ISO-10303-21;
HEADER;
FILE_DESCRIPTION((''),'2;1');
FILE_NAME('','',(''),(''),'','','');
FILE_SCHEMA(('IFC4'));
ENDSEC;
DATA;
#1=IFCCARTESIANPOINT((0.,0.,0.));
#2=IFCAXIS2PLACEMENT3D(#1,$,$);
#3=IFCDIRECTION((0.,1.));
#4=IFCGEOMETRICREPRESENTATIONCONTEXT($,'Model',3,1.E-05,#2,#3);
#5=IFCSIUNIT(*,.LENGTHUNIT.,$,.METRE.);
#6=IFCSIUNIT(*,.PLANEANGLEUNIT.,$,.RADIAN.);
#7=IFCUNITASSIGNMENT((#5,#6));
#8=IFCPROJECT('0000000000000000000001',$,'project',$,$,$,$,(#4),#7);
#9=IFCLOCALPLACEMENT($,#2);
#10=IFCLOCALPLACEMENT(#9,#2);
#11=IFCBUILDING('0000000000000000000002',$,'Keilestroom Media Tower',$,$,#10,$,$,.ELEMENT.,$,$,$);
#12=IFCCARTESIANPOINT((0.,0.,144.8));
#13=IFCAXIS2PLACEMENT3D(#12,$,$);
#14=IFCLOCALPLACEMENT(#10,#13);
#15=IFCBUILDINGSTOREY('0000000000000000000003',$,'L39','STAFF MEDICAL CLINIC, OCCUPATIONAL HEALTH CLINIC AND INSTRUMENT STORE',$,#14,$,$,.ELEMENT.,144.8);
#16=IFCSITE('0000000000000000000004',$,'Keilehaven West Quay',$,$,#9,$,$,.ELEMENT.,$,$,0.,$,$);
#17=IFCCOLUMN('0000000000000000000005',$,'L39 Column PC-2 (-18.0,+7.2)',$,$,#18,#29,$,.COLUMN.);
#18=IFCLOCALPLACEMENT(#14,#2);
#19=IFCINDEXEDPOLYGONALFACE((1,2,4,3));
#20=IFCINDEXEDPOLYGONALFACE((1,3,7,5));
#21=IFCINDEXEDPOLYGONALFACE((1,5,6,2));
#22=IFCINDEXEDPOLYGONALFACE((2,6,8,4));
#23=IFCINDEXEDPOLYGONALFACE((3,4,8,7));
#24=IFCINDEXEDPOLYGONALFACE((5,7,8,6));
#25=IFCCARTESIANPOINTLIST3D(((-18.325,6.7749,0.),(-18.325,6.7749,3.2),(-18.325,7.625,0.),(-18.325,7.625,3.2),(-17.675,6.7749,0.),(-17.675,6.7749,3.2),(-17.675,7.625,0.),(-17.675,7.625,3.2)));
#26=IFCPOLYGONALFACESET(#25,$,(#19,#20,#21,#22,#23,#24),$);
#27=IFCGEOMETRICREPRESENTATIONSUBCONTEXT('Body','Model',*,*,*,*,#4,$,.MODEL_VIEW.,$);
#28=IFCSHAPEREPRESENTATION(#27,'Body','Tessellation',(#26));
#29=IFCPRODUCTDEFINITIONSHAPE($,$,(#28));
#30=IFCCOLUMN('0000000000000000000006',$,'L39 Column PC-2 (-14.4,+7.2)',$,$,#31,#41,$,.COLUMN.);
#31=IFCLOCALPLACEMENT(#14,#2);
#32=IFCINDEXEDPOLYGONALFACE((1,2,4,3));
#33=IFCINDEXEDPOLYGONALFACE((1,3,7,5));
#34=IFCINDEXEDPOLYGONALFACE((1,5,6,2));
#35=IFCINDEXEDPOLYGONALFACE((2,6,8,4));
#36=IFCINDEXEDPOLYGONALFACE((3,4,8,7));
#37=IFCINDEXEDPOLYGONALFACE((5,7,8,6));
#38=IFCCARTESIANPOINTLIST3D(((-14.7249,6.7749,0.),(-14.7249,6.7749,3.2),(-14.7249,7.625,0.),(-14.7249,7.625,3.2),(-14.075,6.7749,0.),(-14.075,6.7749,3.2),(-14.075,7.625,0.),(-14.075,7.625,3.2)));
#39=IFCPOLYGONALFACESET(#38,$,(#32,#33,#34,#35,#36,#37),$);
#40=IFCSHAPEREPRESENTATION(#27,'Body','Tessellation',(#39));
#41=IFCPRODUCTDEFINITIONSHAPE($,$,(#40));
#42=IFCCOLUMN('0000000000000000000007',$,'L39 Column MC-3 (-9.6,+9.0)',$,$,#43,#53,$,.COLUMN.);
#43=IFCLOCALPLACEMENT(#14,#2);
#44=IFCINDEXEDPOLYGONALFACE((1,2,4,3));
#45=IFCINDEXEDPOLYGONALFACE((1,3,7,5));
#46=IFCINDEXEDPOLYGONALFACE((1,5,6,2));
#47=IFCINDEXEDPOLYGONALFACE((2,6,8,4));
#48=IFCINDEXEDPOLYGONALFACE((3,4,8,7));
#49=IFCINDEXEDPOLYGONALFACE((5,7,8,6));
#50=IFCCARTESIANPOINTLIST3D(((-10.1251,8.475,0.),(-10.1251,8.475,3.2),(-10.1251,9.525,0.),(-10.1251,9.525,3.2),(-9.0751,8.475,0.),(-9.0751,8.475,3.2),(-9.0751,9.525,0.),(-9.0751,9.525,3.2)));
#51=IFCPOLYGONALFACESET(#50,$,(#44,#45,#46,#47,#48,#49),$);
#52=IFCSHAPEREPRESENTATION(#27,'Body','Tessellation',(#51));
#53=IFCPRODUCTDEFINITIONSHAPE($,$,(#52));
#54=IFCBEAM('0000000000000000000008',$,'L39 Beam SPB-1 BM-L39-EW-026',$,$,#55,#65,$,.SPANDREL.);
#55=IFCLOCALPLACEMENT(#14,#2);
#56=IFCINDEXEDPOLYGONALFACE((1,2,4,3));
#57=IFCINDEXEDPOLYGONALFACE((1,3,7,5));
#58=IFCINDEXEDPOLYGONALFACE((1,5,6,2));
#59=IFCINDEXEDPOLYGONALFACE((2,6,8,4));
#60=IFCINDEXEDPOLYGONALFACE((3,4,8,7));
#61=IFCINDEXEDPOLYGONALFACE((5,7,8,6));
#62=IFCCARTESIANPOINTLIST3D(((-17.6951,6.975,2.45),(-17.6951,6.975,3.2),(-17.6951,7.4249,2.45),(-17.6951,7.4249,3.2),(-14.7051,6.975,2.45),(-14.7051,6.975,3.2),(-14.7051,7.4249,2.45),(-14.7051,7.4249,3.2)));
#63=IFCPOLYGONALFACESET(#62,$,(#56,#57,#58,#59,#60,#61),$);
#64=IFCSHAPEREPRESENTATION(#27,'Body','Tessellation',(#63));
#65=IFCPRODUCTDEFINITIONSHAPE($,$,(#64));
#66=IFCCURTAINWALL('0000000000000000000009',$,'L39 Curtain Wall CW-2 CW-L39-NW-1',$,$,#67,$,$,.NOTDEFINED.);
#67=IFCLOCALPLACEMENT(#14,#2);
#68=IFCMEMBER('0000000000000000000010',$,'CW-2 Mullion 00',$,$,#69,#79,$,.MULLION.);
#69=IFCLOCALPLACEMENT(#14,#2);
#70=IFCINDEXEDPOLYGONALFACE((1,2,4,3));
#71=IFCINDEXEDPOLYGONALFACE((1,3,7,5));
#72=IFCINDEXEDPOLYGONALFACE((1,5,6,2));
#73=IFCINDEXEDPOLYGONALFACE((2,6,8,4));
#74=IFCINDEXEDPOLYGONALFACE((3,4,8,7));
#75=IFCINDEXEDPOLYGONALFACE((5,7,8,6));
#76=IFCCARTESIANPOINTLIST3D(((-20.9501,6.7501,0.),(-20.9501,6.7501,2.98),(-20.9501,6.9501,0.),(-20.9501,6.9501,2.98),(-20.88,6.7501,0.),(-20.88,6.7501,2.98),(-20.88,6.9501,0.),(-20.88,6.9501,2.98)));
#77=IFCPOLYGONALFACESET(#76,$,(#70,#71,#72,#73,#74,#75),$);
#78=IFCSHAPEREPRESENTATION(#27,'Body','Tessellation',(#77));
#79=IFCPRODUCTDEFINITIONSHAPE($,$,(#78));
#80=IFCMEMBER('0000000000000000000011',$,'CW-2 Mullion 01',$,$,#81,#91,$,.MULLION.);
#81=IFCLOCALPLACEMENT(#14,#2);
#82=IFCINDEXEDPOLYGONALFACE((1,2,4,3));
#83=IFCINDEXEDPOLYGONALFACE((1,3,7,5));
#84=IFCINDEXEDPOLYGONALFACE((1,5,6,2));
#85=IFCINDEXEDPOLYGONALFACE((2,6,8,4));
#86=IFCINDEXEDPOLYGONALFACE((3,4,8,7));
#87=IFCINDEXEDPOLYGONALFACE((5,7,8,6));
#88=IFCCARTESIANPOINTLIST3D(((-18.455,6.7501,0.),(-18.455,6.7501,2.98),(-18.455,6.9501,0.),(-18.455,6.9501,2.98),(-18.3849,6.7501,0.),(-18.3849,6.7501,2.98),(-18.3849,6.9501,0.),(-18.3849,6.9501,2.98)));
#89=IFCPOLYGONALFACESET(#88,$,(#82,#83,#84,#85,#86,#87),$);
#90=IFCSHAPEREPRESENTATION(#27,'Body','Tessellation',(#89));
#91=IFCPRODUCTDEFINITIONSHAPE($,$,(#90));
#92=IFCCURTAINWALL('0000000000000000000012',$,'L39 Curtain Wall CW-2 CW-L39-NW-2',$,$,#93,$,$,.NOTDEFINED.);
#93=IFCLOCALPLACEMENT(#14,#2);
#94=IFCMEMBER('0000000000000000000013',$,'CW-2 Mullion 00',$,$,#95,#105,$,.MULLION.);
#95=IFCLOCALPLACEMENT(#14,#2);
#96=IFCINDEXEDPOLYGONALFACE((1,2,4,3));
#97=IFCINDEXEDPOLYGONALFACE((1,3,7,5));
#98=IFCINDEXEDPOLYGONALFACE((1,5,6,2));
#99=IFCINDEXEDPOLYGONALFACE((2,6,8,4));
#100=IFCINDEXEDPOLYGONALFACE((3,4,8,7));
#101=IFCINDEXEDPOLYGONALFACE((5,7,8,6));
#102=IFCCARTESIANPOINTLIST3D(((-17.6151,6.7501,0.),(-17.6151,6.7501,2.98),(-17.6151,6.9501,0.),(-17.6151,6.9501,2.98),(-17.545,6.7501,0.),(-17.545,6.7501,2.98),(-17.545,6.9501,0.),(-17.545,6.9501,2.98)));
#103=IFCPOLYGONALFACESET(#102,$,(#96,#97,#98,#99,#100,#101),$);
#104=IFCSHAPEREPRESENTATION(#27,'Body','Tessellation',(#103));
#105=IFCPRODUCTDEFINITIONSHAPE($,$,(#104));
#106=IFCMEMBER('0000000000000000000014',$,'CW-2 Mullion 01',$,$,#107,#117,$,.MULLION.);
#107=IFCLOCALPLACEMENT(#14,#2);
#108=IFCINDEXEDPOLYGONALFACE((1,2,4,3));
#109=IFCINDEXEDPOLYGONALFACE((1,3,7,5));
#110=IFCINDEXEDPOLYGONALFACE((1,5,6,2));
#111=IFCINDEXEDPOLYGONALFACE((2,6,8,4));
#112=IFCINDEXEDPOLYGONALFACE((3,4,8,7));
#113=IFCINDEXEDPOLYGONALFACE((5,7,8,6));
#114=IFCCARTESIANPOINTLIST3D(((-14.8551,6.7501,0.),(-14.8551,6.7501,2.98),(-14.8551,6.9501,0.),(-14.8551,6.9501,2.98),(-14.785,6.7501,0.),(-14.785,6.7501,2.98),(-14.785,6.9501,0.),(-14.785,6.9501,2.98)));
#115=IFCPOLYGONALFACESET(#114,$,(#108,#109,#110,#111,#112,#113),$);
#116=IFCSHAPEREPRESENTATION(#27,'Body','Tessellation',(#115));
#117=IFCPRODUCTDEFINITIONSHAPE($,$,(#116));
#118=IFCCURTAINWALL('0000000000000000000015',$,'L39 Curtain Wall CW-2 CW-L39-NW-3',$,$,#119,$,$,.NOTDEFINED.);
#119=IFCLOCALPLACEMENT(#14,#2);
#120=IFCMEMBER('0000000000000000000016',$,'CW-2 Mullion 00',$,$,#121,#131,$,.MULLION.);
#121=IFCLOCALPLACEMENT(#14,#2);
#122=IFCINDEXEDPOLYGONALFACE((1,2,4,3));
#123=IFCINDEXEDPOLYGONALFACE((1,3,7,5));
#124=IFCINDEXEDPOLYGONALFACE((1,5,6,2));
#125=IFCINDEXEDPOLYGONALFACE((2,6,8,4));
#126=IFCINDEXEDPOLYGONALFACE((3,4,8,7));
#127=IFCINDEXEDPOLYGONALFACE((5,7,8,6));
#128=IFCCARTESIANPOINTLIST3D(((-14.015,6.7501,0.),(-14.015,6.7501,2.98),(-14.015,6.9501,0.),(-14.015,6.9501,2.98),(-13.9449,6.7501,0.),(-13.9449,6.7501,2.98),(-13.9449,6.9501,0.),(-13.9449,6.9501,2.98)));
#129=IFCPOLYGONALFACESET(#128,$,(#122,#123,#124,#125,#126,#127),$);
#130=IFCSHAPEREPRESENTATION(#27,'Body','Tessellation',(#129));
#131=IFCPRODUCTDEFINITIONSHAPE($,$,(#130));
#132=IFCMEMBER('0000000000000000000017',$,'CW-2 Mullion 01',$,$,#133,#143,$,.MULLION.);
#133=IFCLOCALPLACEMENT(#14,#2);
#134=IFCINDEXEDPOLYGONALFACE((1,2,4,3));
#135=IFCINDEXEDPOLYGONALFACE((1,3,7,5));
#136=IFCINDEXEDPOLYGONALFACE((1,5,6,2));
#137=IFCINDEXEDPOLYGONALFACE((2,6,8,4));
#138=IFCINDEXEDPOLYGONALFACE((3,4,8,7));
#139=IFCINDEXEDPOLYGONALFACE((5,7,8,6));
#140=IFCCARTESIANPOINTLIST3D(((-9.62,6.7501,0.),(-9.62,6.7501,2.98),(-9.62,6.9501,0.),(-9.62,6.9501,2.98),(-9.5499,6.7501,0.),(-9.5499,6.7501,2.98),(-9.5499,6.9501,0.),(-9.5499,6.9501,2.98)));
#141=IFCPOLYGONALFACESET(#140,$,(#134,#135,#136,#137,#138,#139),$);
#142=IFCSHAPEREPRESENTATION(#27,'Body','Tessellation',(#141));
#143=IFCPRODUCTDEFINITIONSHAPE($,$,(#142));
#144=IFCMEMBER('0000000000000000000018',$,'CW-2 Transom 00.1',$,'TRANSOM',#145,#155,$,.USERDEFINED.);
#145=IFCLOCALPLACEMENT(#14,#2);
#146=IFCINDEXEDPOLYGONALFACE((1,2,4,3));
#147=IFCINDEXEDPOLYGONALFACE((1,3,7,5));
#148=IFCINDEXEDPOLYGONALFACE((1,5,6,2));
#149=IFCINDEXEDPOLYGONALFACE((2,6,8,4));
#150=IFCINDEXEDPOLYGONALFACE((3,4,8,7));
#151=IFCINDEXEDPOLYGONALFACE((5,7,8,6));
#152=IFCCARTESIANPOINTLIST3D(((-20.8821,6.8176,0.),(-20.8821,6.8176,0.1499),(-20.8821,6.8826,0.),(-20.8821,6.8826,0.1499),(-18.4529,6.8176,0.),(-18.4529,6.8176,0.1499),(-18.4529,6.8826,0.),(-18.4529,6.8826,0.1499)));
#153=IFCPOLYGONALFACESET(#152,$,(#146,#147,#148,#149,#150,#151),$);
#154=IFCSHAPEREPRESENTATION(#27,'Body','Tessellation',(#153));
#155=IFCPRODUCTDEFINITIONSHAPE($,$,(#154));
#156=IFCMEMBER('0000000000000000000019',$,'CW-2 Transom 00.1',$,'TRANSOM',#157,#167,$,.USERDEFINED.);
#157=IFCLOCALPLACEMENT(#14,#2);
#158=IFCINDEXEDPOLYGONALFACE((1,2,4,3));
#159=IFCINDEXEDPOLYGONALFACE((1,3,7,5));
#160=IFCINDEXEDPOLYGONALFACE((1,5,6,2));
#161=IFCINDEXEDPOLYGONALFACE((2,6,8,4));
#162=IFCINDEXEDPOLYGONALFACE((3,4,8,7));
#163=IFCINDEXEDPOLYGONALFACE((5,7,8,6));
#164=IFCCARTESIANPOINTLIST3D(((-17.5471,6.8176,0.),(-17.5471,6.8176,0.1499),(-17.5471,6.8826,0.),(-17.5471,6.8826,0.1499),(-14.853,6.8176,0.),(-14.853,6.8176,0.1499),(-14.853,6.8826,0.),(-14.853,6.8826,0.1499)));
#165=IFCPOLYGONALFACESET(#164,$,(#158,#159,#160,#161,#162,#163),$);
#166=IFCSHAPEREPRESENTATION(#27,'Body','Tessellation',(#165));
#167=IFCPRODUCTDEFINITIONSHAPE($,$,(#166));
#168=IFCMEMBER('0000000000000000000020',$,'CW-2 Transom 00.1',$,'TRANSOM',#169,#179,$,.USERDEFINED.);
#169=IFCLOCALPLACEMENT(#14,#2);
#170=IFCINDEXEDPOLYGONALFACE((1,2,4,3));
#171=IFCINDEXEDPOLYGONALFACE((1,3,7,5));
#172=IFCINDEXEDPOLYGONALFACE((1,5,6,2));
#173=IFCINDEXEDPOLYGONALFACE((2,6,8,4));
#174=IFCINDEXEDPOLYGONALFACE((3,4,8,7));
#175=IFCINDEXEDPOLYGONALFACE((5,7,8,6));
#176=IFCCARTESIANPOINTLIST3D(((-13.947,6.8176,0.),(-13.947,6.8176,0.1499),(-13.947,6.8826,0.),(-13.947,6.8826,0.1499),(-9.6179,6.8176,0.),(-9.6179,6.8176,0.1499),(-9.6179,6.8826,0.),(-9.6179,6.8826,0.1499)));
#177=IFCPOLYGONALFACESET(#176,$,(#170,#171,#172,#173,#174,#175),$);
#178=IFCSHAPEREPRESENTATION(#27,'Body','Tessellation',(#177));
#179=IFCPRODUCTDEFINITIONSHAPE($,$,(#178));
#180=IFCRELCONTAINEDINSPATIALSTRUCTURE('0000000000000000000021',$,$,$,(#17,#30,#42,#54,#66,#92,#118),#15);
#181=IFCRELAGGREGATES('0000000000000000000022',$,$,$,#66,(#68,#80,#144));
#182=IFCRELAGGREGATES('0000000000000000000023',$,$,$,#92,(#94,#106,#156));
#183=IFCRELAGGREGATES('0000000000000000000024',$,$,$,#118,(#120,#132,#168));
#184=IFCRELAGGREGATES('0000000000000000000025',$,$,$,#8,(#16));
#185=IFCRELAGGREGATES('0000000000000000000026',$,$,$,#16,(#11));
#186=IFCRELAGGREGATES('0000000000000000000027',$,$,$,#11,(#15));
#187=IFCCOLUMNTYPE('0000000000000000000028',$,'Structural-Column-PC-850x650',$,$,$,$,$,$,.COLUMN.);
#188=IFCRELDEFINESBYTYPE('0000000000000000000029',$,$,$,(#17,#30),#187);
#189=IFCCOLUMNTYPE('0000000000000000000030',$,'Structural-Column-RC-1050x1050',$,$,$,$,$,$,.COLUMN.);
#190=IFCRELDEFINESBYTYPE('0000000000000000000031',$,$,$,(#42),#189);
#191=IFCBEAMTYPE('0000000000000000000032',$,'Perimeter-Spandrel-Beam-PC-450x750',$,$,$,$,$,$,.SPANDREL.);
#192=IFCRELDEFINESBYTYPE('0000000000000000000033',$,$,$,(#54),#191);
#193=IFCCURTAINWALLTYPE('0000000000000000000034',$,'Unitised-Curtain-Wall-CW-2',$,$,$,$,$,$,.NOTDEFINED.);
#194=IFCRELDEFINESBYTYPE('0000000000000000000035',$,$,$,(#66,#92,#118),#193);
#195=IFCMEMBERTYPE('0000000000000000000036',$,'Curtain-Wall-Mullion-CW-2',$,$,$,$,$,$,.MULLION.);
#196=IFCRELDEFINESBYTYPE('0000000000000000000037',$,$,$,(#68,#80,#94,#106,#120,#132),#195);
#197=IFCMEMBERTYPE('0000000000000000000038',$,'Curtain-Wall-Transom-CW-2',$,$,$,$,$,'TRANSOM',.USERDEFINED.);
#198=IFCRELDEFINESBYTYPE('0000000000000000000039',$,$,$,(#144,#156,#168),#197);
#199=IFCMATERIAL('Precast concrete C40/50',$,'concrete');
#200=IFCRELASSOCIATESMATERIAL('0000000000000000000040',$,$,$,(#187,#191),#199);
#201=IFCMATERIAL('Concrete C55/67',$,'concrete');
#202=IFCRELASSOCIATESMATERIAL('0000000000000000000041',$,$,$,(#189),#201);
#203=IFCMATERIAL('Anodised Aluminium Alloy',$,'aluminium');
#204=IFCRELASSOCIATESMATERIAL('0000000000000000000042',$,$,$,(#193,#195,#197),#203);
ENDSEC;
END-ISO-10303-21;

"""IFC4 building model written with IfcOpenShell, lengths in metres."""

from ifc_helpers import new_model, si_unit, direction, frame, origin, origin_2d, place, context, subcontext, project, spatial, rectangle, extrude, source, transform, mapped, material, material_profile, profile_set, type_object, element, aggregate, save


model = new_model("IFC4")

# Units and contexts
model_context = context("Model", 3, precision=1e-05, world=origin(), true_north=direction((0.0, 1.0)))
body_context = subcontext(model_context, "Body", "Model", "MODEL_VIEW")
ifc_project = project(units=[si_unit("LENGTHUNIT", "METRE"), si_unit("PLANEANGLEUNIT", "RADIAN")], contexts=[model_context])

# Site, building, storey
site_placement = place(None, origin())
site = spatial("IfcSite", under=ifc_project, at=site_placement, Name="Keilehaven West Quay", CompositionType="ELEMENT", RefElevation=0.0)
building_placement = place(site_placement, origin())
building = spatial("IfcBuilding", under=site, at=building_placement, Name="Keilestroom Media Tower", CompositionType="ELEMENT")
storey_placement = place(building_placement, frame((0.0, 0.0, 144.8)))
storey = spatial("IfcBuildingStorey", under=building, at=storey_placement, Name="L39", Description="STAFF MEDICAL CLINIC, OCCUPATIONAL HEALTH CLINIC AND INSTRUMENT STORE", CompositionType="ELEMENT", Elevation=144.8)

# Columns
ifc_material_1 = material(Name="Precast concrete C40/50", Category="concrete")
ifc_material_profile_1 = material_profile(ifc_material_1, rectangle(XDim=0.6499, YDim=0.8501, at=origin_2d()), Name="PC 850x650")
ifc_profile_set_1 = profile_set([ifc_material_profile_1], Name="Precast concrete C40/50")
column_type_1 = type_object("IfcColumnType", Name="Structural-Column-PC-850x650", PredefinedType="COLUMN", material=ifc_profile_set_1)
shared_shape_1 = source(origin(), body_context, "Body", "SweptSolid", [
    extrude(rectangle(XDim=0.6499, YDim=0.8501, at=origin_2d()), origin(), (0.0, 0.0, 1.0), 3.2),
])
for number, where, z_axis, x_axis, name in (
    (1, (-18.0, 7.2, 0.0), (0.0, 0.0, 1.0), (1.0, 0.0, 0.0), "L39 Column PC-2 (-18.0,+7.2)"),
    (2, (-14.3999, 7.2, 0.0), (0.0, 0.0, 1.0), (1.0, 0.0, 0.0), "L39 Column PC-2 (-14.4,+7.2)"),
):
    element("IfcColumn", number, at=place(storey_placement, frame(where, z_axis=z_axis, x_axis=x_axis)), inside=storey, type_object=column_type_1, Name=name, PredefinedType="COLUMN", context=body_context, shape_type="MappedRepresentation", body=[
        mapped(shared_shape_1, transform((0.0, 0.0, 0.0), x_axis=(1.0, 0.0, 0.0), y_axis=(0.0, 1.0, 0.0), z_axis=(0.0, 0.0, 1.0), scale=1.0)),
    ])
ifc_material_2 = material(Name="Concrete C55/67", Category="concrete")
ifc_material_profile_2 = material_profile(ifc_material_2, rectangle(XDim=1.05, YDim=1.05, at=origin_2d()), Name="RC 1050x1050")
ifc_profile_set_2 = profile_set([ifc_material_profile_2], Name="Concrete C55/67")
column_type_2 = type_object("IfcColumnType", Name="Structural-Column-RC-1050x1050", PredefinedType="COLUMN", material=ifc_profile_set_2)
shared_shape_2 = source(origin(), body_context, "Body", "SweptSolid", [
    extrude(rectangle(XDim=1.05, YDim=1.05, at=origin_2d()), origin(), (0.0, 0.0, 1.0), 3.2),
])
column_placement = place(storey_placement, frame((-9.6001, 9.0, 0.0), z_axis=(0.0, 0.0, 1.0), x_axis=(1.0, 0.0, 0.0)))
element("IfcColumn", 3, at=column_placement, inside=storey, type_object=column_type_2, Name="L39 Column MC-3 (-9.6,+9.0)", PredefinedType="COLUMN", context=body_context, shape_type="MappedRepresentation", body=[
    mapped(shared_shape_2, transform((0.0, 0.0, 0.0), x_axis=(1.0, 0.0, 0.0), y_axis=(0.0, 1.0, 0.0), z_axis=(0.0, 0.0, 1.0), scale=1.0)),
])

# Beam
ifc_material_profile_3 = material_profile(ifc_material_1, rectangle(XDim=0.45, YDim=0.75, at=origin_2d()), Name="PC 450x750")
ifc_profile_set_3 = profile_set([ifc_material_profile_3], Name="Precast concrete C40/50")
beam_type = type_object("IfcBeamType", Name="Perimeter-Spandrel-Beam-PC-450x750", PredefinedType="SPANDREL", material=ifc_profile_set_3)
shared_shape_3 = source(origin(), body_context, "Body", "SweptSolid", [
    extrude(rectangle(XDim=0.45, YDim=0.75, at=origin_2d()), origin(), (0.0, 0.0, 1.0), 2.99),
])
beam_placement = place(storey_placement, frame((-17.6951, 7.2, 2.825), z_axis=(1.0, 0.0, 0.0), x_axis=(0.0, 1.0, 0.0)))
element("IfcBeam", 4, at=beam_placement, inside=storey, type_object=beam_type, Name="L39 Beam SPB-1 BM-L39-EW-026", PredefinedType="SPANDREL", context=body_context, shape_type="MappedRepresentation", body=[
    mapped(shared_shape_3, transform((0.0, 0.0, 0.0), x_axis=(1.0, 0.0, 0.0), y_axis=(0.0, 1.0, 0.0), z_axis=(0.0, 0.0, 1.0), scale=1.0)),
])

# Curtain walls, members
ifc_material_3 = material(Name="Anodised Aluminium Alloy", Category="aluminium")
curtain_wall_type = type_object("IfcCurtainWallType", Name="Unitised-Curtain-Wall-CW-2", PredefinedType="NOTDEFINED", material=ifc_material_3)
curtain_wall_1_placement = place(storey_placement, origin())
curtain_wall_1 = element("IfcCurtainWall", 5, at=curtain_wall_1_placement, inside=storey, type_object=curtain_wall_type, Name="L39 Curtain Wall CW-2 CW-L39-NW-1", PredefinedType="NOTDEFINED")
ifc_material_profile_4 = material_profile(ifc_material_3, rectangle(XDim=0.0701, YDim=0.2, at=origin_2d()), Name="ALU MULLION 70x200")
ifc_profile_set_4 = profile_set([ifc_material_profile_4], Name="Anodised Aluminium Alloy")
member_type_1 = type_object("IfcMemberType", Name="Curtain-Wall-Mullion-CW-2", PredefinedType="MULLION", material=ifc_profile_set_4)
shared_shape_4 = source(origin(), body_context, "Body", "SweptSolid", [
    extrude(rectangle(XDim=0.0701, YDim=0.2, at=origin_2d()), origin(), (0.0, 0.0, 1.0), 2.98),
])
member_1_placement = place(storey_placement, frame((-20.915, 6.8501, 0.0), z_axis=(0.0, 0.0, 1.0), x_axis=(1.0, 0.0, 0.0)))
member_1 = element("IfcMember", 6, at=member_1_placement, type_object=member_type_1, Name="CW-2 Mullion 00", PredefinedType="MULLION", context=body_context, shape_type="MappedRepresentation", body=[
    mapped(shared_shape_4, transform((0.0, 0.0, 0.0), x_axis=(1.0, 0.0, 0.0), y_axis=(0.0, 1.0, 0.0), z_axis=(0.0, 0.0, 1.0), scale=1.0)),
])
member_2_placement = place(storey_placement, frame((-18.4199, 6.8501, 0.0), z_axis=(0.0, 0.0, 1.0), x_axis=(1.0, 0.0, 0.0)))
member_2 = element("IfcMember", 7, at=member_2_placement, type_object=member_type_1, Name="CW-2 Mullion 01", PredefinedType="MULLION", context=body_context, shape_type="MappedRepresentation", body=[
    mapped(shared_shape_4, transform((0.0, 0.0, 0.0), x_axis=(1.0, 0.0, 0.0), y_axis=(0.0, 1.0, 0.0), z_axis=(0.0, 0.0, 1.0), scale=1.0)),
])
curtain_wall_2_placement = place(storey_placement, origin())
curtain_wall_2 = element("IfcCurtainWall", 8, at=curtain_wall_2_placement, inside=storey, type_object=curtain_wall_type, Name="L39 Curtain Wall CW-2 CW-L39-NW-2", PredefinedType="NOTDEFINED")
member_3_placement = place(storey_placement, frame((-17.5801, 6.8501, 0.0), z_axis=(0.0, 0.0, 1.0), x_axis=(1.0, 0.0, 0.0)))
member_3 = element("IfcMember", 9, at=member_3_placement, type_object=member_type_1, Name="CW-2 Mullion 00", PredefinedType="MULLION", context=body_context, shape_type="MappedRepresentation", body=[
    mapped(shared_shape_4, transform((0.0, 0.0, 0.0), x_axis=(1.0, 0.0, 0.0), y_axis=(0.0, 1.0, 0.0), z_axis=(0.0, 0.0, 1.0), scale=1.0)),
])
member_4_placement = place(storey_placement, frame((-14.8201, 6.8501, 0.0), z_axis=(0.0, 0.0, 1.0), x_axis=(1.0, 0.0, 0.0)))
member_4 = element("IfcMember", 10, at=member_4_placement, type_object=member_type_1, Name="CW-2 Mullion 01", PredefinedType="MULLION", context=body_context, shape_type="MappedRepresentation", body=[
    mapped(shared_shape_4, transform((0.0, 0.0, 0.0), x_axis=(1.0, 0.0, 0.0), y_axis=(0.0, 1.0, 0.0), z_axis=(0.0, 0.0, 1.0), scale=1.0)),
])
curtain_wall_3_placement = place(storey_placement, origin())
curtain_wall_3 = element("IfcCurtainWall", 11, at=curtain_wall_3_placement, inside=storey, type_object=curtain_wall_type, Name="L39 Curtain Wall CW-2 CW-L39-NW-3", PredefinedType="NOTDEFINED")
member_5_placement = place(storey_placement, frame((-13.98, 6.8501, 0.0), z_axis=(0.0, 0.0, 1.0), x_axis=(1.0, 0.0, 0.0)))
member_5 = element("IfcMember", 12, at=member_5_placement, type_object=member_type_1, Name="CW-2 Mullion 00", PredefinedType="MULLION", context=body_context, shape_type="MappedRepresentation", body=[
    mapped(shared_shape_4, transform((0.0, 0.0, 0.0), x_axis=(1.0, 0.0, 0.0), y_axis=(0.0, 1.0, 0.0), z_axis=(0.0, 0.0, 1.0), scale=1.0)),
])
member_6_placement = place(storey_placement, frame((-9.585, 6.8501, 0.0), z_axis=(0.0, 0.0, 1.0), x_axis=(1.0, 0.0, 0.0)))
member_6 = element("IfcMember", 13, at=member_6_placement, type_object=member_type_1, Name="CW-2 Mullion 01", PredefinedType="MULLION", context=body_context, shape_type="MappedRepresentation", body=[
    mapped(shared_shape_4, transform((0.0, 0.0, 0.0), x_axis=(1.0, 0.0, 0.0), y_axis=(0.0, 1.0, 0.0), z_axis=(0.0, 0.0, 1.0), scale=1.0)),
])

# Members
ifc_material_profile_5 = material_profile(ifc_material_3, rectangle(XDim=0.0649, YDim=0.1499, at=origin_2d()), Name="ALU TRANSOM 65x150")
ifc_profile_set_5 = profile_set([ifc_material_profile_5], Name="Anodised Aluminium Alloy")
member_type_2 = type_object("IfcMemberType", Name="Curtain-Wall-Transom-CW-2", ElementType="TRANSOM", PredefinedType="USERDEFINED", material=ifc_profile_set_5)
shared_shape_5 = source(origin(), body_context, "Body", "SweptSolid", [
    extrude(rectangle(XDim=0.0649, YDim=0.1499, at=origin_2d()), origin(), (0.0, 0.0, 1.0), 2.4292),
])
member_7_placement = place(storey_placement, frame((-20.8821, 6.8501, 0.075), z_axis=(1.0, 0.0, 0.0), x_axis=(0.0, 1.0, 0.0)))
member_7 = element("IfcMember", 14, at=member_7_placement, type_object=member_type_2, Name="CW-2 Transom 00.1", ObjectType="TRANSOM", PredefinedType="USERDEFINED", context=body_context, shape_type="MappedRepresentation", body=[
    mapped(shared_shape_5, transform((0.0, 0.0, 0.0), x_axis=(1.0, 0.0, 0.0), y_axis=(0.0, 1.0, 0.0), z_axis=(0.0, 0.0, 1.0), scale=1.0)),
])
shared_shape_6 = source(origin(), body_context, "Body", "SweptSolid", [
    extrude(rectangle(XDim=0.0649, YDim=0.1499, at=origin_2d()), origin(), (0.0, 0.0, 1.0), 2.6941),
])
member_8_placement = place(storey_placement, frame((-17.5471, 6.8501, 0.075), z_axis=(1.0, 0.0, 0.0), x_axis=(0.0, 1.0, 0.0)))
member_8 = element("IfcMember", 15, at=member_8_placement, type_object=member_type_2, Name="CW-2 Transom 00.1", ObjectType="TRANSOM", PredefinedType="USERDEFINED", context=body_context, shape_type="MappedRepresentation", body=[
    mapped(shared_shape_6, transform((0.0, 0.0, 0.0), x_axis=(1.0, 0.0, 0.0), y_axis=(0.0, 1.0, 0.0), z_axis=(0.0, 0.0, 1.0), scale=1.0)),
])
shared_shape_7 = source(origin(), body_context, "Body", "SweptSolid", [
    extrude(rectangle(XDim=0.0649, YDim=0.1499, at=origin_2d()), origin(), (0.0, 0.0, 1.0), 4.3291),
])
member_9_placement = place(storey_placement, frame((-13.947, 6.8501, 0.075), z_axis=(1.0, 0.0, 0.0), x_axis=(0.0, 1.0, 0.0)))
member_9 = element("IfcMember", 16, at=member_9_placement, type_object=member_type_2, Name="CW-2 Transom 00.1", ObjectType="TRANSOM", PredefinedType="USERDEFINED", context=body_context, shape_type="MappedRepresentation", body=[
    mapped(shared_shape_7, transform((0.0, 0.0, 0.0), x_axis=(1.0, 0.0, 0.0), y_axis=(0.0, 1.0, 0.0), z_axis=(0.0, 0.0, 1.0), scale=1.0)),
])

aggregate(curtain_wall_1, [member_1, member_2, member_7])
aggregate(curtain_wall_2, [member_3, member_4, member_8])
aggregate(curtain_wall_3, [member_5, member_6, member_9])

save(model, "model.ifc")
